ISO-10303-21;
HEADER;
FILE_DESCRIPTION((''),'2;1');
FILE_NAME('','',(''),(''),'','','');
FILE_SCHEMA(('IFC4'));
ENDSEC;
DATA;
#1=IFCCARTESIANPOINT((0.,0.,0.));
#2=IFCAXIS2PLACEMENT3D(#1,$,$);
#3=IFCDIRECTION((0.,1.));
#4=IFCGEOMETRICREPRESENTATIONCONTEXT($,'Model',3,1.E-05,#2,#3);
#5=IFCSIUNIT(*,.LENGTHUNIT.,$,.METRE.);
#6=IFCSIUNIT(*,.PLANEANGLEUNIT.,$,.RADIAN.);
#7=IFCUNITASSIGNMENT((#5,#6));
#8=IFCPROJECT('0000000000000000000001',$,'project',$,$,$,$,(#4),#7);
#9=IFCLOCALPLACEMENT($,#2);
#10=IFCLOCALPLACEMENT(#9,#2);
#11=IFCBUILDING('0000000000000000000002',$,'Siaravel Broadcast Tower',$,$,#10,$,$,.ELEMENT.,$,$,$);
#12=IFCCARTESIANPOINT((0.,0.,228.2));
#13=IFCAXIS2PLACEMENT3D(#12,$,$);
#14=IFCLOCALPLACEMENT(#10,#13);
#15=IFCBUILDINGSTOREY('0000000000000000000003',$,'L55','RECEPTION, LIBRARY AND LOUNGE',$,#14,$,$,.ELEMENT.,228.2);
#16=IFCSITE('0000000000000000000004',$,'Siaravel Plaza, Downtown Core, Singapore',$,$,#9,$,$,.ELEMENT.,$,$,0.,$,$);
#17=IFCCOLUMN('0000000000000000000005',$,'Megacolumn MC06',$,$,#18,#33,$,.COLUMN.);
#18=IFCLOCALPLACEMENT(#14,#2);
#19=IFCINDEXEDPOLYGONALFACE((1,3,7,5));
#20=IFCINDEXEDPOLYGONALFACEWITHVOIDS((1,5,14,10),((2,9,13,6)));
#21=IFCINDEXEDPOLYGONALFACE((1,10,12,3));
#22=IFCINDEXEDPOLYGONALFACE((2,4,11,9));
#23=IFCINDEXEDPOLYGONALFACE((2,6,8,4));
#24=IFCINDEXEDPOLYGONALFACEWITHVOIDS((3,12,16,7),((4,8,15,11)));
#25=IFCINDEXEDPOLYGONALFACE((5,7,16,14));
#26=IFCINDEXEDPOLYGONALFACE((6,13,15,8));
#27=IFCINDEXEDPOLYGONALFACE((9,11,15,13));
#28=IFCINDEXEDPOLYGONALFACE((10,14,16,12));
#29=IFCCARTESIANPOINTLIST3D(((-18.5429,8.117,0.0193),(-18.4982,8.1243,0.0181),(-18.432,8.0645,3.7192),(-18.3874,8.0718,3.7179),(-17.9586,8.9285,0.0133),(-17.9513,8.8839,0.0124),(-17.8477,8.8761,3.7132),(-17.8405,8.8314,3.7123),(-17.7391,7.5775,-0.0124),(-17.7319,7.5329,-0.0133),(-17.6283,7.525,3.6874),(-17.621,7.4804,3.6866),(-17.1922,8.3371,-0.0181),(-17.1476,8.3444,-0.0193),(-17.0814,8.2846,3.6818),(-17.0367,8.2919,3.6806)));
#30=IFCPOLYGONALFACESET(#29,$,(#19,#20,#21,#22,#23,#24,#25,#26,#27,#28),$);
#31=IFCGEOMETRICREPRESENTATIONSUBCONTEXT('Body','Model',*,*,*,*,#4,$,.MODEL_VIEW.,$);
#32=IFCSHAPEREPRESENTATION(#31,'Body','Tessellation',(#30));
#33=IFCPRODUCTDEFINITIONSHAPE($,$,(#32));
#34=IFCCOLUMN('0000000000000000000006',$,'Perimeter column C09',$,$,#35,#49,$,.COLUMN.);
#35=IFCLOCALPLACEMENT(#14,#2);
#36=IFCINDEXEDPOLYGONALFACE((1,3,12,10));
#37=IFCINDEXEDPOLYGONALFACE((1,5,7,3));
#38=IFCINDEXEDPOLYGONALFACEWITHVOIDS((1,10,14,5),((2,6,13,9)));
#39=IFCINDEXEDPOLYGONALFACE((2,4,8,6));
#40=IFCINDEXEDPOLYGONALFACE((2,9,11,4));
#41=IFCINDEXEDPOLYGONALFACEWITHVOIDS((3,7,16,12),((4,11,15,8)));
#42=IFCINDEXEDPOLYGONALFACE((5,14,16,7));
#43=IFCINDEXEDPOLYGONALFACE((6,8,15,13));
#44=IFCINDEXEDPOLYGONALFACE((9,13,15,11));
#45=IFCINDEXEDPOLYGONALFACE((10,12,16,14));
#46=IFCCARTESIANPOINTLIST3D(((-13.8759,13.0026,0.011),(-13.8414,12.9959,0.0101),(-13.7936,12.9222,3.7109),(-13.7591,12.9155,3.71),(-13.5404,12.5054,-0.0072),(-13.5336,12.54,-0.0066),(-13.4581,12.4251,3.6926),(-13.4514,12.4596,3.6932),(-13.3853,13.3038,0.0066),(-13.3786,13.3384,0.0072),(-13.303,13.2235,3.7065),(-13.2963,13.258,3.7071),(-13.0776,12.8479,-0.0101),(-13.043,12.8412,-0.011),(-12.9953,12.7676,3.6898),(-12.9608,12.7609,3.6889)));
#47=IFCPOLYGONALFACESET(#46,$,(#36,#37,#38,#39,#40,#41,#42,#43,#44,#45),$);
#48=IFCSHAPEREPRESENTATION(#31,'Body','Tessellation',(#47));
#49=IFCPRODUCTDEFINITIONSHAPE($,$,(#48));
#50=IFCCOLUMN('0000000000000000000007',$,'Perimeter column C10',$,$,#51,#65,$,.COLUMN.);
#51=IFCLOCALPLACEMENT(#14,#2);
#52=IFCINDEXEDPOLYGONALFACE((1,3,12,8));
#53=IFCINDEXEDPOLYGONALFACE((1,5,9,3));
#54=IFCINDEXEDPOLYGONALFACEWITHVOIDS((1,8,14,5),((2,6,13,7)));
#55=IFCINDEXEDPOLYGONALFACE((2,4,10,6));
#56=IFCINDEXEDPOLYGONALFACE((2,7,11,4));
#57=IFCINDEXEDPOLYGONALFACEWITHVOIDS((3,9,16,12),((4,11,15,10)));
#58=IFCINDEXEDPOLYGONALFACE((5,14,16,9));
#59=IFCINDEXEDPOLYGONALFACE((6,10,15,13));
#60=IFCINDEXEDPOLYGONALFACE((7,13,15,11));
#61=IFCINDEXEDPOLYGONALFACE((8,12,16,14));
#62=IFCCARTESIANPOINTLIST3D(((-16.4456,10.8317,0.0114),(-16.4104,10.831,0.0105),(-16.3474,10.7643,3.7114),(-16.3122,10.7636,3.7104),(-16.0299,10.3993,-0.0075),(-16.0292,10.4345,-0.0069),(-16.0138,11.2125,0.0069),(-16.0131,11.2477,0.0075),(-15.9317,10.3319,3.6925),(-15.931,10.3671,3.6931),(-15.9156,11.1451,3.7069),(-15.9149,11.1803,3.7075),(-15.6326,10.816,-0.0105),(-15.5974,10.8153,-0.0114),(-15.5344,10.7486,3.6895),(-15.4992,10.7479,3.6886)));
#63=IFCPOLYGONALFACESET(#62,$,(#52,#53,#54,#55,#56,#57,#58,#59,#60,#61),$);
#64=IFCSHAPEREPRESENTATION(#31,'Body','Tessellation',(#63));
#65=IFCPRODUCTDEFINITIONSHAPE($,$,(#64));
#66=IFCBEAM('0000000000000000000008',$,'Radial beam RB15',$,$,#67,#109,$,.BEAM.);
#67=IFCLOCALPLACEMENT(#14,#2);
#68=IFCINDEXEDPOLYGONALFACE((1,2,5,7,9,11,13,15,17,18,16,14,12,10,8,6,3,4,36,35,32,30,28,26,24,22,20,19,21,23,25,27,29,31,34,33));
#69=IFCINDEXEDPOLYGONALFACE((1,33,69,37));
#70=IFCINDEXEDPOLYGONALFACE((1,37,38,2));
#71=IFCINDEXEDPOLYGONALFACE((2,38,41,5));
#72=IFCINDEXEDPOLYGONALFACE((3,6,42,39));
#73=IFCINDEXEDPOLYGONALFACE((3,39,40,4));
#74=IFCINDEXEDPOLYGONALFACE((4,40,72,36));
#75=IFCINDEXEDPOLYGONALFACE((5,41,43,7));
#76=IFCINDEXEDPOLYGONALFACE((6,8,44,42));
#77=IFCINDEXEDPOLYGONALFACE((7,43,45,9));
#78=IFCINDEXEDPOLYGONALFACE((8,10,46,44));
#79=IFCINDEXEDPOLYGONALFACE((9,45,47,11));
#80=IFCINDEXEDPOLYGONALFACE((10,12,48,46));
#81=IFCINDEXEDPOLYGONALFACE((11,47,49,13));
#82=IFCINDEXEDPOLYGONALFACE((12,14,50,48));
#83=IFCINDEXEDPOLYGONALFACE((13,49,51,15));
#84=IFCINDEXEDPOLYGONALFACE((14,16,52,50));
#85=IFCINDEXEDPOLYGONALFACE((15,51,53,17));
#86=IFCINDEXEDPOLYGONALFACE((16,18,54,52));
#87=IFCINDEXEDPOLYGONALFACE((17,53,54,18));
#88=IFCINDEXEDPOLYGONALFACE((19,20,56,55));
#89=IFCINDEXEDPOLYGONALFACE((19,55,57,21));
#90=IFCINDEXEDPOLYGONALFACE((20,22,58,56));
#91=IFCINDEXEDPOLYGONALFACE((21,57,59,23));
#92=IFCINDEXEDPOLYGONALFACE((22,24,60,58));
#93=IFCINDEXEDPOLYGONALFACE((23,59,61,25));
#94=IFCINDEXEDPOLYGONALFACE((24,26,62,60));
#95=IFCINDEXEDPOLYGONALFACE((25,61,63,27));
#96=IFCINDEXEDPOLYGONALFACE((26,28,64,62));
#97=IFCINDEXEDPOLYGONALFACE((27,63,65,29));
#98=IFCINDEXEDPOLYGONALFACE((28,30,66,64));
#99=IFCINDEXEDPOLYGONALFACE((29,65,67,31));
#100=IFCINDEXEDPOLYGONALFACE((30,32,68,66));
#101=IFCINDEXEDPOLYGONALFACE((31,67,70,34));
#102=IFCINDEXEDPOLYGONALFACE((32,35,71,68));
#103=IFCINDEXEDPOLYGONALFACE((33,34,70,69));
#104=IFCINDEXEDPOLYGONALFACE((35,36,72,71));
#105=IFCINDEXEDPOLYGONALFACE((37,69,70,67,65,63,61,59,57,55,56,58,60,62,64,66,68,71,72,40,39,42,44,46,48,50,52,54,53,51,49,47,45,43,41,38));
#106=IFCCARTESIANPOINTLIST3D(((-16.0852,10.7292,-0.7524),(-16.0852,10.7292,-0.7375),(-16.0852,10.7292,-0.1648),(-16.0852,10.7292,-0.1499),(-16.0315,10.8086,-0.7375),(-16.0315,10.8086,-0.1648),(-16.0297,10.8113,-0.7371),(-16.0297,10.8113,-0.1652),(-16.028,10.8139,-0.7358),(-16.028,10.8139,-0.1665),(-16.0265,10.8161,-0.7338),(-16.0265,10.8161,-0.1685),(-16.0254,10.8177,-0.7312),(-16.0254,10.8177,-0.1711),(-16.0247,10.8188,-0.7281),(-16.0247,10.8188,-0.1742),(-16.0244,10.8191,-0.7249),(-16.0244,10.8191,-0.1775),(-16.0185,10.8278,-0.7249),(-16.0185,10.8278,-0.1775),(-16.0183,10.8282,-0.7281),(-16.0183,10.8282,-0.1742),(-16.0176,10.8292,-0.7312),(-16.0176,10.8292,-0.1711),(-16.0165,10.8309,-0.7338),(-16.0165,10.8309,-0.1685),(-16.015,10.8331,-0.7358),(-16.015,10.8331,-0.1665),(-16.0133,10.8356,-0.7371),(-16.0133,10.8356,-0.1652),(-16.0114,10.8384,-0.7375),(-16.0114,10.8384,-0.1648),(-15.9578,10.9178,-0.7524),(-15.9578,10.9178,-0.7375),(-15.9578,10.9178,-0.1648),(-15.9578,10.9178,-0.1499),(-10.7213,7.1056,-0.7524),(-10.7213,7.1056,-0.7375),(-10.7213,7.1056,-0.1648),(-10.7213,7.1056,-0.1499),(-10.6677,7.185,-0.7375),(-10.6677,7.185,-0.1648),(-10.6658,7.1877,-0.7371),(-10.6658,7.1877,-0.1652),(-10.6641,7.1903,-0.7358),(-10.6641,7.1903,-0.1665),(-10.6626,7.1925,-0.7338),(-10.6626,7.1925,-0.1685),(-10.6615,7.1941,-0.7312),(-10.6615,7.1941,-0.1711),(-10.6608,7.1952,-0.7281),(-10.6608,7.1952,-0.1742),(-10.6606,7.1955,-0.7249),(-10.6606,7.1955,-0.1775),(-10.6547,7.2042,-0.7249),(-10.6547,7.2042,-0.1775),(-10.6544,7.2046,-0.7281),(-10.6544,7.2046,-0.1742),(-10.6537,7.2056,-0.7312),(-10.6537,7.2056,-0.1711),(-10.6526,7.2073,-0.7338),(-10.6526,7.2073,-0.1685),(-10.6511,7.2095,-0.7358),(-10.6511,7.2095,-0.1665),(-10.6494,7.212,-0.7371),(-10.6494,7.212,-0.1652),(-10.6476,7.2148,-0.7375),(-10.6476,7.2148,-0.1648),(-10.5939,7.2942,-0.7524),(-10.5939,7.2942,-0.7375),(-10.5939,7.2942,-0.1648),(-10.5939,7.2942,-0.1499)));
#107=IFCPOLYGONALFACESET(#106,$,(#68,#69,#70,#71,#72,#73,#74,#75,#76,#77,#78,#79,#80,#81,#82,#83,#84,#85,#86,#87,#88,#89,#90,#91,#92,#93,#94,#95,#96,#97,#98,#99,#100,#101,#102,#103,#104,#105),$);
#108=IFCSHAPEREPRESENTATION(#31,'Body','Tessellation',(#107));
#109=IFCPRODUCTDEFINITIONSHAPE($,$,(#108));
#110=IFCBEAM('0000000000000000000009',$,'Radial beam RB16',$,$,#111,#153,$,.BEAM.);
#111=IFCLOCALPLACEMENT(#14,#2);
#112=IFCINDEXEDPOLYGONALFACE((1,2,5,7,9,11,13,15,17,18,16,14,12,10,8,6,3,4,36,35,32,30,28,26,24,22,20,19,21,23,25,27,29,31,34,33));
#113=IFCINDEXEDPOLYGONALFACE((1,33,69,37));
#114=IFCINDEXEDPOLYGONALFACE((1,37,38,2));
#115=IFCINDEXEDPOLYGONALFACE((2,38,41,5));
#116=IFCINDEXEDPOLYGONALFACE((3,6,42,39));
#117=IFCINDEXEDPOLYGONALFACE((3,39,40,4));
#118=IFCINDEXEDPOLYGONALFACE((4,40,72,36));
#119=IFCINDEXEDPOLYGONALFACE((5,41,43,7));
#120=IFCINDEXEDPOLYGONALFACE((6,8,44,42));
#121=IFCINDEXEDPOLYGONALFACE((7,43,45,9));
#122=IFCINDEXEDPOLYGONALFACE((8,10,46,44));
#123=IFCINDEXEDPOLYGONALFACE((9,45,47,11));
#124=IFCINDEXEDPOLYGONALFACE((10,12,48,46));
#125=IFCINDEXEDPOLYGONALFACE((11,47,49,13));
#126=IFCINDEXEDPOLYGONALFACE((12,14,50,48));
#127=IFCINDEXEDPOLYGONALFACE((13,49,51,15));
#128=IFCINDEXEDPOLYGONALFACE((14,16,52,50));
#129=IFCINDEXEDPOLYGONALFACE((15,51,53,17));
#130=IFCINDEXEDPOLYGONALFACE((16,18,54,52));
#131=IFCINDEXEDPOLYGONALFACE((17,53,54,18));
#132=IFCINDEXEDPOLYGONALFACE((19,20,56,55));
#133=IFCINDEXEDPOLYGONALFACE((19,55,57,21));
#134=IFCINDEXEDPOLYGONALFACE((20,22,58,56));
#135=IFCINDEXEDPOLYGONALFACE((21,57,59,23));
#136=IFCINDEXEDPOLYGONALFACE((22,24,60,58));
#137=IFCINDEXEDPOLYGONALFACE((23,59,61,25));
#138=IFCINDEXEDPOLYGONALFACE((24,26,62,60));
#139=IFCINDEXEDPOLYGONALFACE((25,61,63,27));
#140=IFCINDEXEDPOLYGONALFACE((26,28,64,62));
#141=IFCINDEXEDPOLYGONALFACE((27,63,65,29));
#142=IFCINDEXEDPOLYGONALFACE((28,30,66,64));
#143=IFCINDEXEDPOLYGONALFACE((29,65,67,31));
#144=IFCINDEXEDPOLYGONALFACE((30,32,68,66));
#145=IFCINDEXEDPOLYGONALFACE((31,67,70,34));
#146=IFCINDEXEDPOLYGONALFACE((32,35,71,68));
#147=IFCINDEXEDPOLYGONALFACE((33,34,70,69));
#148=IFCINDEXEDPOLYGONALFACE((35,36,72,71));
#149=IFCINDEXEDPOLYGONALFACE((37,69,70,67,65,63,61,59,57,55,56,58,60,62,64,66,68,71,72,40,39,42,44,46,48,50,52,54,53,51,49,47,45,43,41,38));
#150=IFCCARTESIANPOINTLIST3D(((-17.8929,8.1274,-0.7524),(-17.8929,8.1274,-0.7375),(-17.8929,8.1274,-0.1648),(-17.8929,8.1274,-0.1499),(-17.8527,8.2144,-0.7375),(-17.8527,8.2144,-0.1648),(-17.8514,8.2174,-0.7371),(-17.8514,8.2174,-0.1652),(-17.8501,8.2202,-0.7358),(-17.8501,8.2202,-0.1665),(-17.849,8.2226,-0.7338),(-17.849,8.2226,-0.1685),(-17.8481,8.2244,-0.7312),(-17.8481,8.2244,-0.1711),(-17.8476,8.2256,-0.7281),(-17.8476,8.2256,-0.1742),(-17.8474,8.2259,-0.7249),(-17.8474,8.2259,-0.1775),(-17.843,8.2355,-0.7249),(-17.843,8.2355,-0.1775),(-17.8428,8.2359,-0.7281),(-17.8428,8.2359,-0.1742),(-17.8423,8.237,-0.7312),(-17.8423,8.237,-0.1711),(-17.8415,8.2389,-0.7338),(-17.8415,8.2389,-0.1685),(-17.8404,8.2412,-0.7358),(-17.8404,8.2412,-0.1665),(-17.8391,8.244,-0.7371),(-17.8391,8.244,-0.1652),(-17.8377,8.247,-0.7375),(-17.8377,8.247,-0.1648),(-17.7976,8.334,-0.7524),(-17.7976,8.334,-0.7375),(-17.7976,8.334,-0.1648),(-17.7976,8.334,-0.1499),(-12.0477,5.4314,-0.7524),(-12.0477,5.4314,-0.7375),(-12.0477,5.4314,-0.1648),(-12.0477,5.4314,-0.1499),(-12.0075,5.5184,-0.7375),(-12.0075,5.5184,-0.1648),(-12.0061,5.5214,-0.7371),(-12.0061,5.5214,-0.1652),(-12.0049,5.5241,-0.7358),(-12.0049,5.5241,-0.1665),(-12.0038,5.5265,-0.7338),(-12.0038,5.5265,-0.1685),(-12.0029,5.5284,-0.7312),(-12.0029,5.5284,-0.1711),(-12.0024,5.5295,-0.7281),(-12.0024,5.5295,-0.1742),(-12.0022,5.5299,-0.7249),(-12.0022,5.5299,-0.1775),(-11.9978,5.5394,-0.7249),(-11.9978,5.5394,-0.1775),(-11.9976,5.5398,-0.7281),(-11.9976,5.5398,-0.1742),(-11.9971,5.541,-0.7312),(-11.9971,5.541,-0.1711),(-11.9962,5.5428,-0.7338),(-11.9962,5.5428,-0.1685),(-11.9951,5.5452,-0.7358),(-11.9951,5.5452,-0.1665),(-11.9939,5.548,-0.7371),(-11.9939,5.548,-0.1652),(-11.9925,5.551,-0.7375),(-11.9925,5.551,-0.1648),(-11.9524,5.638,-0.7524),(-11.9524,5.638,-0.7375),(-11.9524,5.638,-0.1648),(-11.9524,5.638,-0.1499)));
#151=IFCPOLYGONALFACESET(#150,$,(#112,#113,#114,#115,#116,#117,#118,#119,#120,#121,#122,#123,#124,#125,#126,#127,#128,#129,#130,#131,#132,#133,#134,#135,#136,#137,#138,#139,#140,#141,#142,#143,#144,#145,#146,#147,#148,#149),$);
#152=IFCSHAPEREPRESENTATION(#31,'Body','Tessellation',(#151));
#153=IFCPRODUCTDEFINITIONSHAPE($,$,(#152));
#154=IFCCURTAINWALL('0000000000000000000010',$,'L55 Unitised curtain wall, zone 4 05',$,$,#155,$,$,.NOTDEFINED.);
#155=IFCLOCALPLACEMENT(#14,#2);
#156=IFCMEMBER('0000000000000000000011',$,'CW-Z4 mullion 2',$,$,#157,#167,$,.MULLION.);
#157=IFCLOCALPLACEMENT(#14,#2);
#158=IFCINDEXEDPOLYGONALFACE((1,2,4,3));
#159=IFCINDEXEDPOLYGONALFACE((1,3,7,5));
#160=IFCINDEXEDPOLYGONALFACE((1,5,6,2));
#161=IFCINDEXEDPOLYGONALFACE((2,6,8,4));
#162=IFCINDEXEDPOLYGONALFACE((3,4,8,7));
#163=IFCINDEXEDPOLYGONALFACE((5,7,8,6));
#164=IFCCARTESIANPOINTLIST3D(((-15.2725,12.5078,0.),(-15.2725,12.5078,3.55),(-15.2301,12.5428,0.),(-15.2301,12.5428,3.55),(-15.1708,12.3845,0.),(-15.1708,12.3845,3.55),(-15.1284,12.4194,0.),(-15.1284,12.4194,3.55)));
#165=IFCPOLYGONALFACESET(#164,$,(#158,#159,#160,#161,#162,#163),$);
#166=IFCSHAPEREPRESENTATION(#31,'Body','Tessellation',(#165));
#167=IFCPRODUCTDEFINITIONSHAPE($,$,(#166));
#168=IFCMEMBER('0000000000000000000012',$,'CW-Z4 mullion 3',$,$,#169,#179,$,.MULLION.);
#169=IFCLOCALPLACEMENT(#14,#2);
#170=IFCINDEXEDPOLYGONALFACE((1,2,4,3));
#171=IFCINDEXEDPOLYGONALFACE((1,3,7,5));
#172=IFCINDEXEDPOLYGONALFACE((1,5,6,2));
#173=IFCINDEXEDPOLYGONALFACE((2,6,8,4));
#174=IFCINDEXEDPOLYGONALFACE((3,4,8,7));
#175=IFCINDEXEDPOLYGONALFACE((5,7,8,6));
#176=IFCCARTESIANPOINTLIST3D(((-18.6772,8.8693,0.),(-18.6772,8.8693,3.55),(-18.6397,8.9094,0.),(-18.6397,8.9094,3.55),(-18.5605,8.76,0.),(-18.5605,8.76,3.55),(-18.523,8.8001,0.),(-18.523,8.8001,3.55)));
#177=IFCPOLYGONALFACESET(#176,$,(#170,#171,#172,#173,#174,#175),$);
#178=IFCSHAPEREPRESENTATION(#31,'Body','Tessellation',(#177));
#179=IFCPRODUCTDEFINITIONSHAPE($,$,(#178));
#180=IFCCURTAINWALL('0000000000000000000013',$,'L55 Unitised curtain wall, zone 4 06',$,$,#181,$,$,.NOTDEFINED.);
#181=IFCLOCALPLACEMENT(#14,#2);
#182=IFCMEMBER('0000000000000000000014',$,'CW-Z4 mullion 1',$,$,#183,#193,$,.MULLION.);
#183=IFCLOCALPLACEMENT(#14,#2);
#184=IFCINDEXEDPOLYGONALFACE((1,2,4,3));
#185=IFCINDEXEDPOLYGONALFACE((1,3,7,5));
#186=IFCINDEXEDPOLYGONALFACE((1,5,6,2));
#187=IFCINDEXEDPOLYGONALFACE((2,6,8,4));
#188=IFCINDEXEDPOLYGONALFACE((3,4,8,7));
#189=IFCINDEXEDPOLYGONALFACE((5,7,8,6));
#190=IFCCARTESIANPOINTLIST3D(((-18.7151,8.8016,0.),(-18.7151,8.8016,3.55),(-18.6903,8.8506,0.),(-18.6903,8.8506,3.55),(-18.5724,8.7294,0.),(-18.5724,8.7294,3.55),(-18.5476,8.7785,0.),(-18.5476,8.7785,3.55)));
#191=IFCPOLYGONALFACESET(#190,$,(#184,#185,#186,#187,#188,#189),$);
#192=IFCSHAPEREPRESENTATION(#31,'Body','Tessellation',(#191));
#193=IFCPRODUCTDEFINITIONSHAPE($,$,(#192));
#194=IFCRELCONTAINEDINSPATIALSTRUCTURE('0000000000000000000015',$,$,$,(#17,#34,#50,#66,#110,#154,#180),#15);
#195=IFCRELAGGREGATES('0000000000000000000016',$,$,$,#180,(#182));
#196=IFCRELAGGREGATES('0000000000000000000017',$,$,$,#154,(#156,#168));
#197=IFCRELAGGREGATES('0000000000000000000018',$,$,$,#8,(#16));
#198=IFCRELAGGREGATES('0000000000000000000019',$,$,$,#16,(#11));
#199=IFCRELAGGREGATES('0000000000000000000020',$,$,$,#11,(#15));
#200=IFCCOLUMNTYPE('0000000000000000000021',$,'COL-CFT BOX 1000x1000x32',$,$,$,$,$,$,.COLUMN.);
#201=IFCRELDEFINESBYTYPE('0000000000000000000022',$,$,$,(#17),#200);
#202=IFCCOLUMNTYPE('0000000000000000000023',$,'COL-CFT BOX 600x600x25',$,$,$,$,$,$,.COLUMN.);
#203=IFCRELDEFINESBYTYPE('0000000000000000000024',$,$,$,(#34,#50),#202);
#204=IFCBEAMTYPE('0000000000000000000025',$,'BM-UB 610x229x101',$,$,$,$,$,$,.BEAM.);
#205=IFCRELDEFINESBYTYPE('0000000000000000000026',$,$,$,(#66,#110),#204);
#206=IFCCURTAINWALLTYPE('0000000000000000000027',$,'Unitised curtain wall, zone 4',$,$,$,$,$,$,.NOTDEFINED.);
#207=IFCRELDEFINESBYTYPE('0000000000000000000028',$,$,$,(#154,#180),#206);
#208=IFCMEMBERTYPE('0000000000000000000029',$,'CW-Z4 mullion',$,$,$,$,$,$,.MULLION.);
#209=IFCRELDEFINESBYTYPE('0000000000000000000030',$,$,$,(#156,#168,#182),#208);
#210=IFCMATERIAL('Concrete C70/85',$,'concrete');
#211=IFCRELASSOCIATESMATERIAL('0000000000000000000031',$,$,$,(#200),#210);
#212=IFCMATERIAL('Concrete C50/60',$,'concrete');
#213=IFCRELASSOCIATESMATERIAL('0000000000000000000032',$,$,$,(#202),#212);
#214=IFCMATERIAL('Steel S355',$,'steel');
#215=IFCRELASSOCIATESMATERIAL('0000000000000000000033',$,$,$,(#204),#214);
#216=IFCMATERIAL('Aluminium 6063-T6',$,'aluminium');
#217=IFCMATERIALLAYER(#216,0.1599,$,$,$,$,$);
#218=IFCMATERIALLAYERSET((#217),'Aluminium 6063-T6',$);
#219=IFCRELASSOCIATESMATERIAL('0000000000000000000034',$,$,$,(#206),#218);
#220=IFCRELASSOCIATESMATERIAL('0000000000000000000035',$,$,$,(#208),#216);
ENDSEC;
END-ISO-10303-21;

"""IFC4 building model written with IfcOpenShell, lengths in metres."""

from ifc_helpers import new_model, si_unit, direction, frame, origin, origin_2d, place, context, subcontext, project, spatial, rectangle, hollow_rectangle, i_section, extrude, material, layer, layer_set, material_profile, profile_set, type_object, element, aggregate, save


model = new_model("IFC4")

# Units and contexts
model_context = context("Model", 3, precision=1e-05, world=origin(), true_north=direction((0.0, 1.0)))
body_context = subcontext(model_context, "Body", "Model", "MODEL_VIEW")
ifc_project = project(units=[si_unit("LENGTHUNIT", "METRE"), si_unit("PLANEANGLEUNIT", "RADIAN")], contexts=[model_context])

# Site, building, storey
site_placement = place(None, origin())
site = spatial("IfcSite", under=ifc_project, at=site_placement, Name="Siaravel Plaza, Downtown Core, Singapore", CompositionType="ELEMENT", RefElevation=0.0)
building_placement = place(site_placement, origin())
building = spatial("IfcBuilding", under=site, at=building_placement, Name="Siaravel Broadcast Tower", CompositionType="ELEMENT")
storey_placement = place(building_placement, frame((0.0, 0.0, 228.2)))
storey = spatial("IfcBuildingStorey", under=building, at=storey_placement, Name="L55", Description="RECEPTION, LIBRARY AND LOUNGE", CompositionType="ELEMENT", Elevation=228.2)

# Columns
ifc_material_1 = material(Name="Concrete C70/85", Category="concrete")
ifc_material_profile_1 = material_profile(ifc_material_1, hollow_rectangle(XDim=1.0, YDim=1.0, WallThickness=0.032, at=origin_2d()))
ifc_profile_set_1 = profile_set([ifc_material_profile_1], Name="Concrete C70/85")
column_type_1 = type_object("IfcColumnType", Name="COL-CFT BOX 1000x1000x32", PredefinedType="COLUMN", material=ifc_profile_set_1)
column_1_placement = place(storey_placement, frame((-17.8452, 8.2307, 0.0), z_axis=(0.029941, -0.014179, 0.999451), x_axis=(0.584284, 0.811527, -0.005991)))
element("IfcColumn", 1, at=column_1_placement, inside=storey, type_object=column_type_1, Name="Megacolumn MC06", PredefinedType="COLUMN", context=body_context, shape_type="SweptSolid", body=[
    extrude(hollow_rectangle(XDim=1.0, YDim=1.0, WallThickness=0.032, at=origin_2d()), origin(), (0.0, 0.0, 1.0), 3.7019),
])
ifc_material_2 = material(Name="Concrete C50/60", Category="concrete")
ifc_material_profile_2 = material_profile(ifc_material_2, hollow_rectangle(XDim=0.6001, YDim=0.6001, WallThickness=0.0249, at=origin_2d()))
ifc_profile_set_2 = profile_set([ifc_material_profile_2], Name="Concrete C50/60")
column_type_2 = type_object("IfcColumnType", Name="COL-CFT BOX 600x600x25", PredefinedType="COLUMN", material=ifc_profile_set_2)
column_2_placement = place(storey_placement, frame((-13.4595, 12.9219, 0.0), z_axis=(0.022226, -0.021699, 0.999517), x_axis=(0.828751, 0.559582, -0.006281)))
element("IfcColumn", 2, at=column_2_placement, inside=storey, type_object=column_type_2, Name="Perimeter column C09", PredefinedType="COLUMN", context=body_context, shape_type="SweptSolid", body=[
    extrude(hollow_rectangle(XDim=0.6001, YDim=0.6001, WallThickness=0.0249, at=origin_2d()), origin(), (0.0, 0.0, 1.0), 3.7017),
])
column_3_placement = place(storey_placement, frame((-16.0215, 10.8235, 0.0), z_axis=(0.026512, -0.018202, 0.999483), x_axis=(0.720722, 0.693194, -0.006493)))
element("IfcColumn", 3, at=column_3_placement, inside=storey, type_object=column_type_2, Name="Perimeter column C10", PredefinedType="COLUMN", context=body_context, shape_type="SweptSolid", body=[
    extrude(hollow_rectangle(XDim=0.6001, YDim=0.6001, WallThickness=0.0249, at=origin_2d()), origin(), (0.0, 0.0, 1.0), 3.7019),
])

# Beams
ifc_material_3 = material(Name="Steel S355", Category="steel")
ifc_material_profile_3 = material_profile(ifc_material_3, i_section(OverallWidth=0.2275, OverallDepth=0.6025, WebThickness=0.0105, FlangeThickness=0.0149, FilletRadius=0.0127, at=origin_2d()))
ifc_profile_set_3 = profile_set([ifc_material_profile_3], Name="Steel S355")
beam_type = type_object("IfcBeamType", Name="BM-UB 610x229x101", PredefinedType="BEAM", material=ifc_profile_set_3)
beam_1_placement = place(storey_placement, frame((-16.0215, 10.8235, -0.4512), z_axis=(0.828634, -0.55979, 0.0), x_axis=(0.55979, 0.828634, 0.0)))
element("IfcBeam", 4, at=beam_1_placement, inside=storey, type_object=beam_type, Name="Radial beam RB15", PredefinedType="BEAM", context=body_context, shape_type="SweptSolid", body=[
    extrude(i_section(OverallWidth=0.2275, OverallDepth=0.6025, WebThickness=0.0105, FlangeThickness=0.0149, FilletRadius=0.0127, at=origin_2d()), origin(), (0.0, 0.0, 1.0), 6.4731),
])
beam_2_placement = place(storey_placement, frame((-17.8452, 8.2307, -0.4512), z_axis=(0.908063, -0.418834, 0.0), x_axis=(0.418834, 0.908063, 0.0)))
element("IfcBeam", 5, at=beam_2_placement, inside=storey, type_object=beam_type, Name="Radial beam RB16", PredefinedType="BEAM", context=body_context, shape_type="SweptSolid", body=[
    extrude(i_section(OverallWidth=0.2275, OverallDepth=0.6025, WebThickness=0.0105, FlangeThickness=0.0149, FilletRadius=0.0127, at=origin_2d()), origin(), (0.0, 0.0, 1.0), 6.437),
])

# Curtain wall, members
ifc_material_4 = material(Name="Aluminium 6063-T6", Category="aluminium")
ifc_layer_1 = layer(ifc_material_4, 0.1599)
ifc_layer_set_1 = layer_set([ifc_layer_1], Name="Aluminium 6063-T6")
curtain_wall_type = type_object("IfcCurtainWallType", Name="Unitised curtain wall, zone 4", PredefinedType="NOTDEFINED", material=ifc_layer_set_1)
curtain_wall_1_placement = place(storey_placement, origin())
curtain_wall_1 = element("IfcCurtainWall", 6, at=curtain_wall_1_placement, inside=storey, type_object=curtain_wall_type, Name="L55 Unitised curtain wall, zone 4 05", PredefinedType="NOTDEFINED")
ifc_material_profile_4 = material_profile(ifc_material_4, rectangle(XDim=0.1599, YDim=0.0549, at=origin_2d()))
ifc_profile_set_4 = profile_set([ifc_material_profile_4], Name="Aluminium 6063-T6")
member_type_1 = type_object("IfcMemberType", Name="CW-Z4 mullion", PredefinedType="MULLION", material=ifc_profile_set_4)
member_1_placement = place(storey_placement, frame((-15.2004, 12.4636, 0.0), z_axis=(0.0, 0.0, 1.0), x_axis=(0.63622, -0.771508, 0.0)))
member_1 = element("IfcMember", 7, at=member_1_placement, type_object=member_type_1, Name="CW-Z4 mullion 2", PredefinedType="MULLION", context=body_context, shape_type="SweptSolid", body=[
    extrude(rectangle(XDim=0.1599, YDim=0.0549, at=origin_2d()), origin(), (0.0, 0.0, 1.0), 3.55),
])
member_2_placement = place(storey_placement, frame((-18.6001, 8.8347, 0.0), z_axis=(0.0, 0.0, 1.0), x_axis=(0.729806, -0.683654, 0.0)))
member_2 = element("IfcMember", 8, at=member_2_placement, type_object=member_type_1, Name="CW-Z4 mullion 3", PredefinedType="MULLION", context=body_context, shape_type="SweptSolid", body=[
    extrude(rectangle(XDim=0.1599, YDim=0.0549, at=origin_2d()), origin(), (0.0, 0.0, 1.0), 3.55),
])

# Curtain wall, member
curtain_wall_2_placement = place(storey_placement, origin())
curtain_wall_2 = element("IfcCurtainWall", 9, at=curtain_wall_2_placement, inside=storey, type_object=curtain_wall_type, Name="L55 Unitised curtain wall, zone 4 06", PredefinedType="NOTDEFINED")
member_3_placement = place(storey_placement, frame((-18.6313, 8.79, 0.0), z_axis=(0.0, 0.0, 1.0), x_axis=(0.892393, -0.451259, 0.0)))
member_3 = element("IfcMember", 10, at=member_3_placement, type_object=member_type_1, Name="CW-Z4 mullion 1", PredefinedType="MULLION", context=body_context, shape_type="SweptSolid", body=[
    extrude(rectangle(XDim=0.1599, YDim=0.0549, at=origin_2d()), origin(), (0.0, 0.0, 1.0), 3.55),
])

aggregate(curtain_wall_2, [member_3])

aggregate(curtain_wall_1, [member_1, member_2])

save(model, "model.ifc")
